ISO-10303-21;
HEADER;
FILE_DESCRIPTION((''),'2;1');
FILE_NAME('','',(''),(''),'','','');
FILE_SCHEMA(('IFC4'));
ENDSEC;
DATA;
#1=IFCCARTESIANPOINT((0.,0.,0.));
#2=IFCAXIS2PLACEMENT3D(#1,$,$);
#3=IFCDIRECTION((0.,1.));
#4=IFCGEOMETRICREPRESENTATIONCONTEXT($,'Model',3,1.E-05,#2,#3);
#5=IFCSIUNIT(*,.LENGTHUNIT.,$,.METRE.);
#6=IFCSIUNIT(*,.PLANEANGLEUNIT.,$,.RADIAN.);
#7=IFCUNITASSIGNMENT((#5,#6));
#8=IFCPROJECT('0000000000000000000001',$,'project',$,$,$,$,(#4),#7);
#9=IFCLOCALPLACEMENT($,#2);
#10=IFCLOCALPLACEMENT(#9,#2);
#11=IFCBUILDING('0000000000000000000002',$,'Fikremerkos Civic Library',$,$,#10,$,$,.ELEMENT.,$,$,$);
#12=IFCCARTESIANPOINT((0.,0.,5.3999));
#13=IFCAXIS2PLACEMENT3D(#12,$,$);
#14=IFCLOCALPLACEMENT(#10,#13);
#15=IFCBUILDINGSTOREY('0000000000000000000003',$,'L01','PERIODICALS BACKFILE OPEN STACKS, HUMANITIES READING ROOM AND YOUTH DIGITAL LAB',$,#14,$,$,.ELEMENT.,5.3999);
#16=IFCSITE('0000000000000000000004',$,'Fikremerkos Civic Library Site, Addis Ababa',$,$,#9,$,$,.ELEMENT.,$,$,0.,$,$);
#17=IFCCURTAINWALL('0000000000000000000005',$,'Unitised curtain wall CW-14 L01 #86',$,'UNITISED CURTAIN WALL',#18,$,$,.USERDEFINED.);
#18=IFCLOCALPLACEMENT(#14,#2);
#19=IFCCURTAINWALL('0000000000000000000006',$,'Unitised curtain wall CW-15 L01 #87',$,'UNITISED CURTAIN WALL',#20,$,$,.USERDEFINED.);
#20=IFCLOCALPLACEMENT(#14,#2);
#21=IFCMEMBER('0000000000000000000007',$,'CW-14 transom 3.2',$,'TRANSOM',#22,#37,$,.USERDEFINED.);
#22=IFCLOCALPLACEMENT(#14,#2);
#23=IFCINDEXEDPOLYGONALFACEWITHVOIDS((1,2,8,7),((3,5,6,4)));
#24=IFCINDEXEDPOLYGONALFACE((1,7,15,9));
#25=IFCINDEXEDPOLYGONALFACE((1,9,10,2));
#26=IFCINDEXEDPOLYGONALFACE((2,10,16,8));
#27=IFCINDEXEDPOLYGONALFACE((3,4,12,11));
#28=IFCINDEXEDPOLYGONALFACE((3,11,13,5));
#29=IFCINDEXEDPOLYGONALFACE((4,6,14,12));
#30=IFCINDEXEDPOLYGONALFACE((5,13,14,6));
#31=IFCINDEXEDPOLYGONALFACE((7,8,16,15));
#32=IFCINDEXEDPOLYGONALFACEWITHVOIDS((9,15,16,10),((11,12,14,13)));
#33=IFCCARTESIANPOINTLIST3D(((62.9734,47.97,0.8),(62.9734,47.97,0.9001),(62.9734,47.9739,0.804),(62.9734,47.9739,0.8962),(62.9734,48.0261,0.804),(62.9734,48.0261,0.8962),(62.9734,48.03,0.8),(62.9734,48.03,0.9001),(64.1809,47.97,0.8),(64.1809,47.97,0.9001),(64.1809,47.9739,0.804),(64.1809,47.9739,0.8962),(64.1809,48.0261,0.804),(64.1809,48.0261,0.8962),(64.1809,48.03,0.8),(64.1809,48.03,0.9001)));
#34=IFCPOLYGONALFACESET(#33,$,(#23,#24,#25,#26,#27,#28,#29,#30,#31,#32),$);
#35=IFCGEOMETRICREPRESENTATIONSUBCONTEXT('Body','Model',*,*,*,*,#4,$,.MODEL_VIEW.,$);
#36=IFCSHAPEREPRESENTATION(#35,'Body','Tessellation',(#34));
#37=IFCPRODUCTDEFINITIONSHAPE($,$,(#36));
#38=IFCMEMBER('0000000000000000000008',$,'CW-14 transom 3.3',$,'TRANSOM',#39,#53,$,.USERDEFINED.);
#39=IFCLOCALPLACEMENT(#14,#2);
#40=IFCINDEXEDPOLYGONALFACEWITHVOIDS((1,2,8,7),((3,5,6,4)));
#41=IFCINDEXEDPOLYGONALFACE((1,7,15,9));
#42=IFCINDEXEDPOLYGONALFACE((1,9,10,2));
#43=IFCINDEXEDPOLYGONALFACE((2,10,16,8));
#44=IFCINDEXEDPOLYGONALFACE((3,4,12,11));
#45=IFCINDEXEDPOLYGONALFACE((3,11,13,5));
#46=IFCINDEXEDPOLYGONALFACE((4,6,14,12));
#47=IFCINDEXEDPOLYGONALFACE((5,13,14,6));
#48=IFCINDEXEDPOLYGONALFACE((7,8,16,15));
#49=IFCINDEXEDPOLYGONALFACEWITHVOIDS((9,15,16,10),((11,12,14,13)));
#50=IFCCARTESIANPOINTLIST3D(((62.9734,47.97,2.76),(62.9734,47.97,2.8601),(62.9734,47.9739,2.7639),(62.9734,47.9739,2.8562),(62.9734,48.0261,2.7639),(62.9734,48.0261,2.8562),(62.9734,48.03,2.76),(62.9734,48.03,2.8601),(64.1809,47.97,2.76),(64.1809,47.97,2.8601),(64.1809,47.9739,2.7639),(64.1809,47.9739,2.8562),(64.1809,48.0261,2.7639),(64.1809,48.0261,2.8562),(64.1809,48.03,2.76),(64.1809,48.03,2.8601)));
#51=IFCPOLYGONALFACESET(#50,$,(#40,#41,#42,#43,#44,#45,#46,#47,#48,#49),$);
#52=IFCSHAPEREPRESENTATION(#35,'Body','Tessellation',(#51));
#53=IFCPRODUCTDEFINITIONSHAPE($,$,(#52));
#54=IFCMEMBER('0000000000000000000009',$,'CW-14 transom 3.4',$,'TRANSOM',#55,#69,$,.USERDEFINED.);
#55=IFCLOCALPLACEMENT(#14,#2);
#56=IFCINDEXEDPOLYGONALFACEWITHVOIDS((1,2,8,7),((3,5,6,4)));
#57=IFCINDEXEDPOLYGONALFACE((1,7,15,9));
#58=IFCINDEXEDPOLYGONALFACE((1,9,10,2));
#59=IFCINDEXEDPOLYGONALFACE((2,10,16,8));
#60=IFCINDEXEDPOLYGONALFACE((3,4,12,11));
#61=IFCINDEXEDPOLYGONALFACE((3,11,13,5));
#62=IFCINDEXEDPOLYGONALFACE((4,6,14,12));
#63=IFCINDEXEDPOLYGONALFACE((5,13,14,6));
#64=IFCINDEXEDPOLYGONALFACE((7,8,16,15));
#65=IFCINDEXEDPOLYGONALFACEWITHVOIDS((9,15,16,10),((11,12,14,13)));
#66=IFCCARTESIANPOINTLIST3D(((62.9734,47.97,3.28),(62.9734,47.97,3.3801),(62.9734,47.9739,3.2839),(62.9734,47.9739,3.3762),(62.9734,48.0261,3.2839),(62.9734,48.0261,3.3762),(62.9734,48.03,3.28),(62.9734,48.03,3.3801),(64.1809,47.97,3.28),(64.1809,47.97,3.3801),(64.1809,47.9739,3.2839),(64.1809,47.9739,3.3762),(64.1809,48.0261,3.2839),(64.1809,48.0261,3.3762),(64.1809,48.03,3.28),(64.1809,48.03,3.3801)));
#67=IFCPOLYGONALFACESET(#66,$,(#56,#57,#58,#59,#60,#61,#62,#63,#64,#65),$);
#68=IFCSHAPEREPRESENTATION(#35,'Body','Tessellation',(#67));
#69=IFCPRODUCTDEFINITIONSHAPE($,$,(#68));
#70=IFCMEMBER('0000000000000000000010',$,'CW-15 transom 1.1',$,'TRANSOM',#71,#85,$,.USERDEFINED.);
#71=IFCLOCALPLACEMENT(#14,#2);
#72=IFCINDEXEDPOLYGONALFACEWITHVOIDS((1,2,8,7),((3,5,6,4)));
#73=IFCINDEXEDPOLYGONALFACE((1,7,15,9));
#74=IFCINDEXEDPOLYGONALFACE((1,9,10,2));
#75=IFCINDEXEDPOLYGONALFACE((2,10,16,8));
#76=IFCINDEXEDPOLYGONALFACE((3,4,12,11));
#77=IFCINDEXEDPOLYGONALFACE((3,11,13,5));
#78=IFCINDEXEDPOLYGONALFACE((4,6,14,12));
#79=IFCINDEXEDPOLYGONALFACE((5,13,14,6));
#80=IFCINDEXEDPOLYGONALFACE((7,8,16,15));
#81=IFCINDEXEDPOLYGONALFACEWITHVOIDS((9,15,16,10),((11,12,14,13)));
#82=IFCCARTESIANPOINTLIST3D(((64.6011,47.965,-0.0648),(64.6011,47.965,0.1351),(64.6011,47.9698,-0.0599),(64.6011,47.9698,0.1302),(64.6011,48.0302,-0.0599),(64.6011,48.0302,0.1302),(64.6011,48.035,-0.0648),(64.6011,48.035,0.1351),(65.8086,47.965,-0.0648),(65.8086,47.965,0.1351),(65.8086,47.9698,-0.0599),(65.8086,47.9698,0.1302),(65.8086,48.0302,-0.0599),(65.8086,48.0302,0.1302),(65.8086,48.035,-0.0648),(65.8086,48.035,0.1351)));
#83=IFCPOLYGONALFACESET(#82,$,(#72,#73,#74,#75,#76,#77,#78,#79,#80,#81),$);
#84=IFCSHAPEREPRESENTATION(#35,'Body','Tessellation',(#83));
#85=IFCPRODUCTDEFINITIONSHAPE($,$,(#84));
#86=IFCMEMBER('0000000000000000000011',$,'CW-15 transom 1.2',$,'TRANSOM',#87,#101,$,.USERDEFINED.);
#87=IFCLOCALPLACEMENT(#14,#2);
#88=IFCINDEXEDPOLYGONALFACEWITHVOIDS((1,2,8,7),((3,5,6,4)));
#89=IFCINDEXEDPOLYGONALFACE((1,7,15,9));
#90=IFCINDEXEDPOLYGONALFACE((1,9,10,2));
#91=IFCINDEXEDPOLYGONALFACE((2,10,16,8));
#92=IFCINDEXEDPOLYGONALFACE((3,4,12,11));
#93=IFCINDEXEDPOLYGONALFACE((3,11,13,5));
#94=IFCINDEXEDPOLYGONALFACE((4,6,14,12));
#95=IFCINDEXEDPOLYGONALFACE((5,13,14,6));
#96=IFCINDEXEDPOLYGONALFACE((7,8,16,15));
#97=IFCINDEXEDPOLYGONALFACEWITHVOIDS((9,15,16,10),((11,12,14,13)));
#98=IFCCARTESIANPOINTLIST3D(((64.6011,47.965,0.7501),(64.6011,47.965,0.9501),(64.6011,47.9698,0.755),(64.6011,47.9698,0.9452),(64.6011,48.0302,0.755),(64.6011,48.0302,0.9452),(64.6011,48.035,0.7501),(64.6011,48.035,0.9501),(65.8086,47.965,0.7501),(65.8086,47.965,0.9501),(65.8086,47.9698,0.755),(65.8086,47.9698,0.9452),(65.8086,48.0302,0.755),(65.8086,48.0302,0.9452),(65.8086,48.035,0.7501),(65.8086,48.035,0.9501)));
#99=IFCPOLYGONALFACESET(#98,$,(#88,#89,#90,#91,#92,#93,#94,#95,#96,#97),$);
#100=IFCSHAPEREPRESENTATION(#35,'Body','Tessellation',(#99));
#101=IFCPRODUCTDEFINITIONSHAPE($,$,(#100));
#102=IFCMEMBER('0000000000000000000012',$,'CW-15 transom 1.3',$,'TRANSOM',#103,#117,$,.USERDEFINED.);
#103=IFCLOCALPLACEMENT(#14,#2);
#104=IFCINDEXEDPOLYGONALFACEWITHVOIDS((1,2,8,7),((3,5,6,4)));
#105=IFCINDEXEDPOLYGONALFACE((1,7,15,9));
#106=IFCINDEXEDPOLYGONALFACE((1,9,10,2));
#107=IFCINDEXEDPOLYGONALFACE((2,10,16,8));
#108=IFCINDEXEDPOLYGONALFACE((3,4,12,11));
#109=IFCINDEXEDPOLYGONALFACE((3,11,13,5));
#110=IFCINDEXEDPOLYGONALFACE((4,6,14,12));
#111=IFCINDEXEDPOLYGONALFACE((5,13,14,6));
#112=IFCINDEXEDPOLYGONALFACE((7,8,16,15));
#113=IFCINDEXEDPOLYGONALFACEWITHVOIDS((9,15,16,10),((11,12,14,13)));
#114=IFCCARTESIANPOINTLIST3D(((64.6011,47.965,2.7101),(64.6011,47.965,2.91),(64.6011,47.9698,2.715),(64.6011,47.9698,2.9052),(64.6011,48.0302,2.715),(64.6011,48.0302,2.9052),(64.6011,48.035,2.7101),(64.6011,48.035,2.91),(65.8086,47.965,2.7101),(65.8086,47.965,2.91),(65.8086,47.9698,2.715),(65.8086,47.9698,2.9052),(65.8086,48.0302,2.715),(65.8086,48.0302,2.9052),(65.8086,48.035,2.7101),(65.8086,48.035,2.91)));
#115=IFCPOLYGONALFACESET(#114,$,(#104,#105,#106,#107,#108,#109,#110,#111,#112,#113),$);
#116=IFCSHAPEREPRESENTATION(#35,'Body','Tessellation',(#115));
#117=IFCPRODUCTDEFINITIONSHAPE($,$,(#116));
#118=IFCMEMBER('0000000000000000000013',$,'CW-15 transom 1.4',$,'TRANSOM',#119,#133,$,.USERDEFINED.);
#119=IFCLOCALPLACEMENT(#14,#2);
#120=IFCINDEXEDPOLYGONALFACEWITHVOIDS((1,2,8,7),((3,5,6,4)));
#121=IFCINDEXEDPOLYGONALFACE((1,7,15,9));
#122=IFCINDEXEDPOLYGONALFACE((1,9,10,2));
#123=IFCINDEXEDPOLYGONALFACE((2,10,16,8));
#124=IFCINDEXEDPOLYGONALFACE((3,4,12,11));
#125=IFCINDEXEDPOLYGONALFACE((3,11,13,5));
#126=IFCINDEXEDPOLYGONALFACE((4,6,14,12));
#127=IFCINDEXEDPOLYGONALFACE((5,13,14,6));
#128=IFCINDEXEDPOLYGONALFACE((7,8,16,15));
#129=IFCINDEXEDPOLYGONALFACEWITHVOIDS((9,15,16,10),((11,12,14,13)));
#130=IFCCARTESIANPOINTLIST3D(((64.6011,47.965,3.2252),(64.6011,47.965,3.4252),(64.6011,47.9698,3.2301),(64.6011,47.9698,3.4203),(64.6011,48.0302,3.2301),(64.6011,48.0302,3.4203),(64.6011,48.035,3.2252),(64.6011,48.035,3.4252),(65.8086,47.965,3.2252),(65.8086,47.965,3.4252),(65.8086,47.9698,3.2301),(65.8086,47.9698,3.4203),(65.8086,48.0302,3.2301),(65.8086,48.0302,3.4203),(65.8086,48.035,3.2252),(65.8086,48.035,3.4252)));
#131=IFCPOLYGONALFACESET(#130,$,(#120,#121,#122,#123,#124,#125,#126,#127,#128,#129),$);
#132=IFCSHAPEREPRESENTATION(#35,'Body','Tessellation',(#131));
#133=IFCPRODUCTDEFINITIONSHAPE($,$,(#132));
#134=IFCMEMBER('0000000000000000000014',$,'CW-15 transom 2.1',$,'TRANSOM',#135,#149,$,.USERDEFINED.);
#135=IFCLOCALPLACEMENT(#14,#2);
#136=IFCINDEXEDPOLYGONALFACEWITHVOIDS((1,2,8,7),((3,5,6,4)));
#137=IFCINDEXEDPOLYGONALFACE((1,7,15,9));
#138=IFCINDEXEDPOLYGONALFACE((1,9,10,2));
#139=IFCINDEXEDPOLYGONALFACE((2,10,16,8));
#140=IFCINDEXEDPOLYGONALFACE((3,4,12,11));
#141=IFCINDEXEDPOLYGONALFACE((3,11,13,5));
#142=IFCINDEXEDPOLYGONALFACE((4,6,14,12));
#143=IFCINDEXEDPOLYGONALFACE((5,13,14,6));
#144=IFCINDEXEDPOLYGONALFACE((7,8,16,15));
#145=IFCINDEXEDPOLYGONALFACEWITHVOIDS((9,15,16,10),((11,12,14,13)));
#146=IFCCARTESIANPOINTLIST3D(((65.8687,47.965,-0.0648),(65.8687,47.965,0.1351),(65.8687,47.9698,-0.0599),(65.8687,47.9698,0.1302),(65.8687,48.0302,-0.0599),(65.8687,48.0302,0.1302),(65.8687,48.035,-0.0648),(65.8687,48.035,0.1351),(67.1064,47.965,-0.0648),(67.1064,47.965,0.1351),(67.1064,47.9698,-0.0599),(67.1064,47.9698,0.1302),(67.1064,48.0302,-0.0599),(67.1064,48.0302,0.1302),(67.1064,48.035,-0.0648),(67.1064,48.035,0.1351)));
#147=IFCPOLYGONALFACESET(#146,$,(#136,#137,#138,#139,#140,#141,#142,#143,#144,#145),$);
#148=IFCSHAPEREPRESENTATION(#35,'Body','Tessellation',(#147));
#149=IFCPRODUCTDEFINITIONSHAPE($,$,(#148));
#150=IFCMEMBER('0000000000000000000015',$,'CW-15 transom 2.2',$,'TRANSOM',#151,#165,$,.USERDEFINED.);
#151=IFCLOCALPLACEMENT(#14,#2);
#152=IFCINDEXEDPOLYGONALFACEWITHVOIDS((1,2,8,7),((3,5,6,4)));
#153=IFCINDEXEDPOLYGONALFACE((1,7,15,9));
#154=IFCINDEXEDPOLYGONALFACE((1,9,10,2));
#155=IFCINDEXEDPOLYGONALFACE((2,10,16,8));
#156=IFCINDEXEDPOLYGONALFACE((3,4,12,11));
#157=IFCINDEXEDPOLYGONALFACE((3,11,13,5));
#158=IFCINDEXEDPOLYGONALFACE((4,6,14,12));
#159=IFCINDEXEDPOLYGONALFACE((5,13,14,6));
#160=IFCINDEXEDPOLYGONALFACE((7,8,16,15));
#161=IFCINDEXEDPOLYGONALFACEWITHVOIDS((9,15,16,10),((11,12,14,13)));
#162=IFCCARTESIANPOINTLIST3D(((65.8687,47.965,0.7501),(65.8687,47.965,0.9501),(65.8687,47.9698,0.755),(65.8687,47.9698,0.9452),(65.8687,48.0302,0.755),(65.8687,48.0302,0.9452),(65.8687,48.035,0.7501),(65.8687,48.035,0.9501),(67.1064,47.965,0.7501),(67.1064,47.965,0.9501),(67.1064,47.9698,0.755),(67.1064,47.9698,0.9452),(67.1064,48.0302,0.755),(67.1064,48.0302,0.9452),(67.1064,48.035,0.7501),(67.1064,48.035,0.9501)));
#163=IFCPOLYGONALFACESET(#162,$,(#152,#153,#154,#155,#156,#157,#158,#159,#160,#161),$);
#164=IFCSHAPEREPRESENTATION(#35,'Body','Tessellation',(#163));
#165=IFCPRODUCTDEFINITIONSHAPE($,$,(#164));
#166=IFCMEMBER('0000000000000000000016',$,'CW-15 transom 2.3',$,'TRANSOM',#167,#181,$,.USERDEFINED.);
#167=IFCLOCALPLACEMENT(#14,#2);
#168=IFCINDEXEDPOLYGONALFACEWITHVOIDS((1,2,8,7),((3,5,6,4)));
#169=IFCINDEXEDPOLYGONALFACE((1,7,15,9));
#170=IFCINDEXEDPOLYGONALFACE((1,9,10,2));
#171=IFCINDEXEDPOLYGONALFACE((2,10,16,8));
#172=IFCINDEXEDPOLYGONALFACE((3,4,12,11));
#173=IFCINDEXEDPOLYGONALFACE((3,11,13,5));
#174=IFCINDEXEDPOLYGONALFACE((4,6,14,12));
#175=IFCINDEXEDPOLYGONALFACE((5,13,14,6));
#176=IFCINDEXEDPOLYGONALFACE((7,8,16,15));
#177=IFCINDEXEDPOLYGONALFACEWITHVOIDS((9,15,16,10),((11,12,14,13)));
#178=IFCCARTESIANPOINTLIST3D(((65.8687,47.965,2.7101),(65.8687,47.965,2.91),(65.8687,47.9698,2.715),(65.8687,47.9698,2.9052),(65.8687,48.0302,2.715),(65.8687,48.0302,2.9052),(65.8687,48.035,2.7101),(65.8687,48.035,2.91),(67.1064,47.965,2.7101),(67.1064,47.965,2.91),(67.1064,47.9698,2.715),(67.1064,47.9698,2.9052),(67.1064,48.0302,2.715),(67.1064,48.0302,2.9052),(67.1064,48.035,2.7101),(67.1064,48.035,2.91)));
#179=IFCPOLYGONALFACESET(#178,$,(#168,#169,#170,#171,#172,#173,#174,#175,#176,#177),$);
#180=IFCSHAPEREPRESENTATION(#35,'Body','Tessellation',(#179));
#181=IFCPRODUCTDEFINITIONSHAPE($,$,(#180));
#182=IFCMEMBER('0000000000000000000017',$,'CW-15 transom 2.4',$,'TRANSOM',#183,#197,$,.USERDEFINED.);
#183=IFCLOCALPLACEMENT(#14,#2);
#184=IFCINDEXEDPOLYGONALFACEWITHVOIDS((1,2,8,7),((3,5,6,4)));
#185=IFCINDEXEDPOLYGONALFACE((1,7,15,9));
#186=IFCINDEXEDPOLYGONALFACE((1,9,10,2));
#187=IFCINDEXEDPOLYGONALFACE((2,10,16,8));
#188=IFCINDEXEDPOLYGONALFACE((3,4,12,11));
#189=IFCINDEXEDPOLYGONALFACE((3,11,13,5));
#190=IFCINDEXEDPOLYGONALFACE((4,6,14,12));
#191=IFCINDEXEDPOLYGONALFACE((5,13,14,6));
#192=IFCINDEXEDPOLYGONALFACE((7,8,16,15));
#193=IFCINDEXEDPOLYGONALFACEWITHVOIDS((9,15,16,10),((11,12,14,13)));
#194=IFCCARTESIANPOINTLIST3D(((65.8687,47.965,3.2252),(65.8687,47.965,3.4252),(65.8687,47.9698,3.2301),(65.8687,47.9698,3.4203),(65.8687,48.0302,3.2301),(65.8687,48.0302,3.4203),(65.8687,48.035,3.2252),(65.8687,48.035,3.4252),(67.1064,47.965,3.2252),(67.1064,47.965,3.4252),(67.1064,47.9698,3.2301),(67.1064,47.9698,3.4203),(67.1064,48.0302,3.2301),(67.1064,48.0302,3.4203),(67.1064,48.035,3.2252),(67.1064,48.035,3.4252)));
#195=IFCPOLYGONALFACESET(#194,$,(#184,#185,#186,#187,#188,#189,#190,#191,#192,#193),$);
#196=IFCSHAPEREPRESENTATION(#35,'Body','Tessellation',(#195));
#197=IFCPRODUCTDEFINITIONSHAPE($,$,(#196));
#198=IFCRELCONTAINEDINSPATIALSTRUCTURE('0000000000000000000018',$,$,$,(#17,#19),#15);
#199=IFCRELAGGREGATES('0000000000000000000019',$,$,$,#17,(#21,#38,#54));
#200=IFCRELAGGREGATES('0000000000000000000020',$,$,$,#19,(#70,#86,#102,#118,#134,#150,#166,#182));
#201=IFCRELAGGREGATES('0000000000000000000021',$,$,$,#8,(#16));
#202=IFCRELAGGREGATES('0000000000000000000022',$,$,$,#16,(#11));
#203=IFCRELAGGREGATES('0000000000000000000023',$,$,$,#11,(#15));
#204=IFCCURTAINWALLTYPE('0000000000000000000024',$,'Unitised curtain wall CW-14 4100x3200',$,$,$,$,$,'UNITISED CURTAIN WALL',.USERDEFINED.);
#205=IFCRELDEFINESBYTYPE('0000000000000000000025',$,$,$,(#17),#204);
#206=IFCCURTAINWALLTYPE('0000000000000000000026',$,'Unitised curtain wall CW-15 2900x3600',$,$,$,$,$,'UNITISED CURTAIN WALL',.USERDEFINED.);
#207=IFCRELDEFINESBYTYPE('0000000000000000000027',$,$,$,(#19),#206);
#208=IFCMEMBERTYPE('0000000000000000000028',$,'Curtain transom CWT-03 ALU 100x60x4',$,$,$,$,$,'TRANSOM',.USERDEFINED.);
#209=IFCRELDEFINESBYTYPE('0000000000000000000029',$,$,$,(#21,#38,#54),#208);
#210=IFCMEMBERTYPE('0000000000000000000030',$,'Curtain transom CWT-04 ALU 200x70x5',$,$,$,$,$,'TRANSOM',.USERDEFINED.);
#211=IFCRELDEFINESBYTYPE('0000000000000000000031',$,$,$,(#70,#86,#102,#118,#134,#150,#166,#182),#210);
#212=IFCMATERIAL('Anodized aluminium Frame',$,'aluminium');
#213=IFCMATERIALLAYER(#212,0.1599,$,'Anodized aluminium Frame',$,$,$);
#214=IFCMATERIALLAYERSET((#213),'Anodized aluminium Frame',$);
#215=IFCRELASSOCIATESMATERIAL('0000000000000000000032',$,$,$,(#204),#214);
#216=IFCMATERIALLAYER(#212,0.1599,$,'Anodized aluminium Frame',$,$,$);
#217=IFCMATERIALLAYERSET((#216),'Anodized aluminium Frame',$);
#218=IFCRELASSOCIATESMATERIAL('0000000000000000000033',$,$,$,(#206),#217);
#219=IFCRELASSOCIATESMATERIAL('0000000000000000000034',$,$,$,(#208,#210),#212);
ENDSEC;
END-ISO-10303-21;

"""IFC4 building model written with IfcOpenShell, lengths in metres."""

from ifc_helpers import new_model, si_unit, direction, frame, origin, origin_2d, place, context, subcontext, project, spatial, hollow_rectangle, extrude, material, layer, layer_set, material_profile, profile_set, type_object, element, aggregate, save


model = new_model("IFC4")

# Units and contexts
model_context = context("Model", 3, precision=1e-05, world=origin(), true_north=direction((0.0, 1.0)))
body_context = subcontext(model_context, "Body", "Model", "MODEL_VIEW")
ifc_project = project(units=[si_unit("LENGTHUNIT", "METRE"), si_unit("PLANEANGLEUNIT", "RADIAN")], contexts=[model_context])

# Site, building, storey
site_placement = place(None, origin())
site = spatial("IfcSite", under=ifc_project, at=site_placement, Name="Fikremerkos Civic Library Site, Addis Ababa", CompositionType="ELEMENT", RefElevation=0.0)
building_placement = place(site_placement, origin())
building = spatial("IfcBuilding", under=site, at=building_placement, Name="Fikremerkos Civic Library", CompositionType="ELEMENT")
storey_placement = place(building_placement, frame((0.0, 0.0, 5.3999)))
storey = spatial("IfcBuildingStorey", under=building, at=storey_placement, Name="L01", Description="PERIODICALS BACKFILE OPEN STACKS, HUMANITIES READING ROOM AND YOUTH DIGITAL LAB", CompositionType="ELEMENT", Elevation=5.3999)

# Curtain walls
ifc_material_1 = material(Name="Anodized aluminium Frame", Category="aluminium")
ifc_layer_1 = layer(ifc_material_1, 0.1599, Name="Anodized aluminium Frame")
ifc_layer_set_1 = layer_set([ifc_layer_1], Name="Anodized aluminium Frame")
curtain_wall_type_1 = type_object("IfcCurtainWallType", Name="Unitised curtain wall CW-14 4100x3200", ElementType="UNITISED CURTAIN WALL", PredefinedType="USERDEFINED", material=ifc_layer_set_1)
curtain_wall_1_placement = place(storey_placement, origin())
curtain_wall_1 = element("IfcCurtainWall", 1, at=curtain_wall_1_placement, inside=storey, type_object=curtain_wall_type_1, Name="Unitised curtain wall CW-14 L01 #86", ObjectType="UNITISED CURTAIN WALL", PredefinedType="USERDEFINED")
ifc_layer_2 = layer(ifc_material_1, 0.1599, Name="Anodized aluminium Frame")
ifc_layer_set_2 = layer_set([ifc_layer_2], Name="Anodized aluminium Frame")
curtain_wall_type_2 = type_object("IfcCurtainWallType", Name="Unitised curtain wall CW-15 2900x3600", ElementType="UNITISED CURTAIN WALL", PredefinedType="USERDEFINED", material=ifc_layer_set_2)
curtain_wall_2_placement = place(storey_placement, origin())
curtain_wall_2 = element("IfcCurtainWall", 2, at=curtain_wall_2_placement, inside=storey, type_object=curtain_wall_type_2, Name="Unitised curtain wall CW-15 L01 #87", ObjectType="UNITISED CURTAIN WALL", PredefinedType="USERDEFINED")

# Members
ifc_material_profile_1 = material_profile(ifc_material_1, hollow_rectangle(XDim=0.0601, YDim=0.1001, WallThickness=0.0039, at=origin_2d()), Name="ALU 100x60x4")
ifc_profile_set_1 = profile_set([ifc_material_profile_1], Name="Anodized aluminium Frame")
member_type_1 = type_object("IfcMemberType", Name="Curtain transom CWT-03 ALU 100x60x4", ElementType="TRANSOM", PredefinedType="USERDEFINED", material=ifc_profile_set_1)
member_1_placement = place(storey_placement, frame((62.9734, 48.0, 0.8501), z_axis=(1.0, 0.0, 0.0), x_axis=(0.0, 1.0, 0.0)))
member_1 = element("IfcMember", 3, at=member_1_placement, type_object=member_type_1, Name="CW-14 transom 3.2", ObjectType="TRANSOM", PredefinedType="USERDEFINED", context=body_context, shape_type="SweptSolid", body=[
    extrude(hollow_rectangle(XDim=0.0601, YDim=0.1001, WallThickness=0.0039, at=origin_2d()), origin(), (0.0, 0.0, 1.0), 1.2075),
])
member_2_placement = place(storey_placement, frame((62.9734, 48.0, 2.8101), z_axis=(1.0, 0.0, 0.0), x_axis=(0.0, 1.0, 0.0)))
member_2 = element("IfcMember", 4, at=member_2_placement, type_object=member_type_1, Name="CW-14 transom 3.3", ObjectType="TRANSOM", PredefinedType="USERDEFINED", context=body_context, shape_type="SweptSolid", body=[
    extrude(hollow_rectangle(XDim=0.0601, YDim=0.1001, WallThickness=0.0039, at=origin_2d()), origin(), (0.0, 0.0, 1.0), 1.2075),
])
member_3_placement = place(storey_placement, frame((62.9734, 48.0, 3.3301), z_axis=(1.0, 0.0, 0.0), x_axis=(0.0, 1.0, 0.0)))
member_3 = element("IfcMember", 5, at=member_3_placement, type_object=member_type_1, Name="CW-14 transom 3.4", ObjectType="TRANSOM", PredefinedType="USERDEFINED", context=body_context, shape_type="SweptSolid", body=[
    extrude(hollow_rectangle(XDim=0.0601, YDim=0.1001, WallThickness=0.0039, at=origin_2d()), origin(), (0.0, 0.0, 1.0), 1.2075),
])
ifc_material_profile_2 = material_profile(ifc_material_1, hollow_rectangle(XDim=0.0701, YDim=0.2, WallThickness=0.0049, at=origin_2d()), Name="ALU 200x70x5")
ifc_profile_set_2 = profile_set([ifc_material_profile_2], Name="Anodized aluminium Frame")
member_type_2 = type_object("IfcMemberType", Name="Curtain transom CWT-04 ALU 200x70x5", ElementType="TRANSOM", PredefinedType="USERDEFINED", material=ifc_profile_set_2)
member_4_placement = place(storey_placement, frame((64.6011, 48.0, 0.0352), z_axis=(1.0, 0.0, 0.0), x_axis=(0.0, 1.0, 0.0)))
member_4 = element("IfcMember", 6, at=member_4_placement, type_object=member_type_2, Name="CW-15 transom 1.1", ObjectType="TRANSOM", PredefinedType="USERDEFINED", context=body_context, shape_type="SweptSolid", body=[
    extrude(hollow_rectangle(XDim=0.0701, YDim=0.2, WallThickness=0.0049, at=origin_2d()), origin(), (0.0, 0.0, 1.0), 1.2075),
])
member_5_placement = place(storey_placement, frame((64.6011, 48.0, 0.8501), z_axis=(1.0, 0.0, 0.0), x_axis=(0.0, 1.0, 0.0)))
member_5 = element("IfcMember", 7, at=member_5_placement, type_object=member_type_2, Name="CW-15 transom 1.2", ObjectType="TRANSOM", PredefinedType="USERDEFINED", context=body_context, shape_type="SweptSolid", body=[
    extrude(hollow_rectangle(XDim=0.0701, YDim=0.2, WallThickness=0.0049, at=origin_2d()), origin(), (0.0, 0.0, 1.0), 1.2075),
])
member_6_placement = place(storey_placement, frame((64.6011, 48.0, 2.8101), z_axis=(1.0, 0.0, 0.0), x_axis=(0.0, 1.0, 0.0)))
member_6 = element("IfcMember", 8, at=member_6_placement, type_object=member_type_2, Name="CW-15 transom 1.3", ObjectType="TRANSOM", PredefinedType="USERDEFINED", context=body_context, shape_type="SweptSolid", body=[
    extrude(hollow_rectangle(XDim=0.0701, YDim=0.2, WallThickness=0.0049, at=origin_2d()), origin(), (0.0, 0.0, 1.0), 1.2075),
])
member_7_placement = place(storey_placement, frame((64.6011, 48.0, 3.3252), z_axis=(1.0, 0.0, 0.0), x_axis=(0.0, 1.0, 0.0)))
member_7 = element("IfcMember", 9, at=member_7_placement, type_object=member_type_2, Name="CW-15 transom 1.4", ObjectType="TRANSOM", PredefinedType="USERDEFINED", context=body_context, shape_type="SweptSolid", body=[
    extrude(hollow_rectangle(XDim=0.0701, YDim=0.2, WallThickness=0.0049, at=origin_2d()), origin(), (0.0, 0.0, 1.0), 1.2075),
])
member_8_placement = place(storey_placement, frame((65.8687, 48.0, 0.0352), z_axis=(1.0, 0.0, 0.0), x_axis=(0.0, 1.0, 0.0)))
member_8 = element("IfcMember", 10, at=member_8_placement, type_object=member_type_2, Name="CW-15 transom 2.1", ObjectType="TRANSOM", PredefinedType="USERDEFINED", context=body_context, shape_type="SweptSolid", body=[
    extrude(hollow_rectangle(XDim=0.0701, YDim=0.2, WallThickness=0.0049, at=origin_2d()), origin(), (0.0, 0.0, 1.0), 1.2378),
])
member_9_placement = place(storey_placement, frame((65.8687, 48.0, 0.8501), z_axis=(1.0, 0.0, 0.0), x_axis=(0.0, 1.0, 0.0)))
member_9 = element("IfcMember", 11, at=member_9_placement, type_object=member_type_2, Name="CW-15 transom 2.2", ObjectType="TRANSOM", PredefinedType="USERDEFINED", context=body_context, shape_type="SweptSolid", body=[
    extrude(hollow_rectangle(XDim=0.0701, YDim=0.2, WallThickness=0.0049, at=origin_2d()), origin(), (0.0, 0.0, 1.0), 1.2378),
])
member_10_placement = place(storey_placement, frame((65.8687, 48.0, 2.8101), z_axis=(1.0, 0.0, 0.0), x_axis=(0.0, 1.0, 0.0)))
member_10 = element("IfcMember", 12, at=member_10_placement, type_object=member_type_2, Name="CW-15 transom 2.3", ObjectType="TRANSOM", PredefinedType="USERDEFINED", context=body_context, shape_type="SweptSolid", body=[
    extrude(hollow_rectangle(XDim=0.0701, YDim=0.2, WallThickness=0.0049, at=origin_2d()), origin(), (0.0, 0.0, 1.0), 1.2378),
])
member_11_placement = place(storey_placement, frame((65.8687, 48.0, 3.3252), z_axis=(1.0, 0.0, 0.0), x_axis=(0.0, 1.0, 0.0)))
member_11 = element("IfcMember", 13, at=member_11_placement, type_object=member_type_2, Name="CW-15 transom 2.4", ObjectType="TRANSOM", PredefinedType="USERDEFINED", context=body_context, shape_type="SweptSolid", body=[
    extrude(hollow_rectangle(XDim=0.0701, YDim=0.2, WallThickness=0.0049, at=origin_2d()), origin(), (0.0, 0.0, 1.0), 1.2378),
])

aggregate(curtain_wall_1, [member_1, member_2, member_3])
aggregate(curtain_wall_2, [member_4, member_5, member_6, member_7, member_8, member_9, member_10, member_11])

save(model, "model.ifc")
